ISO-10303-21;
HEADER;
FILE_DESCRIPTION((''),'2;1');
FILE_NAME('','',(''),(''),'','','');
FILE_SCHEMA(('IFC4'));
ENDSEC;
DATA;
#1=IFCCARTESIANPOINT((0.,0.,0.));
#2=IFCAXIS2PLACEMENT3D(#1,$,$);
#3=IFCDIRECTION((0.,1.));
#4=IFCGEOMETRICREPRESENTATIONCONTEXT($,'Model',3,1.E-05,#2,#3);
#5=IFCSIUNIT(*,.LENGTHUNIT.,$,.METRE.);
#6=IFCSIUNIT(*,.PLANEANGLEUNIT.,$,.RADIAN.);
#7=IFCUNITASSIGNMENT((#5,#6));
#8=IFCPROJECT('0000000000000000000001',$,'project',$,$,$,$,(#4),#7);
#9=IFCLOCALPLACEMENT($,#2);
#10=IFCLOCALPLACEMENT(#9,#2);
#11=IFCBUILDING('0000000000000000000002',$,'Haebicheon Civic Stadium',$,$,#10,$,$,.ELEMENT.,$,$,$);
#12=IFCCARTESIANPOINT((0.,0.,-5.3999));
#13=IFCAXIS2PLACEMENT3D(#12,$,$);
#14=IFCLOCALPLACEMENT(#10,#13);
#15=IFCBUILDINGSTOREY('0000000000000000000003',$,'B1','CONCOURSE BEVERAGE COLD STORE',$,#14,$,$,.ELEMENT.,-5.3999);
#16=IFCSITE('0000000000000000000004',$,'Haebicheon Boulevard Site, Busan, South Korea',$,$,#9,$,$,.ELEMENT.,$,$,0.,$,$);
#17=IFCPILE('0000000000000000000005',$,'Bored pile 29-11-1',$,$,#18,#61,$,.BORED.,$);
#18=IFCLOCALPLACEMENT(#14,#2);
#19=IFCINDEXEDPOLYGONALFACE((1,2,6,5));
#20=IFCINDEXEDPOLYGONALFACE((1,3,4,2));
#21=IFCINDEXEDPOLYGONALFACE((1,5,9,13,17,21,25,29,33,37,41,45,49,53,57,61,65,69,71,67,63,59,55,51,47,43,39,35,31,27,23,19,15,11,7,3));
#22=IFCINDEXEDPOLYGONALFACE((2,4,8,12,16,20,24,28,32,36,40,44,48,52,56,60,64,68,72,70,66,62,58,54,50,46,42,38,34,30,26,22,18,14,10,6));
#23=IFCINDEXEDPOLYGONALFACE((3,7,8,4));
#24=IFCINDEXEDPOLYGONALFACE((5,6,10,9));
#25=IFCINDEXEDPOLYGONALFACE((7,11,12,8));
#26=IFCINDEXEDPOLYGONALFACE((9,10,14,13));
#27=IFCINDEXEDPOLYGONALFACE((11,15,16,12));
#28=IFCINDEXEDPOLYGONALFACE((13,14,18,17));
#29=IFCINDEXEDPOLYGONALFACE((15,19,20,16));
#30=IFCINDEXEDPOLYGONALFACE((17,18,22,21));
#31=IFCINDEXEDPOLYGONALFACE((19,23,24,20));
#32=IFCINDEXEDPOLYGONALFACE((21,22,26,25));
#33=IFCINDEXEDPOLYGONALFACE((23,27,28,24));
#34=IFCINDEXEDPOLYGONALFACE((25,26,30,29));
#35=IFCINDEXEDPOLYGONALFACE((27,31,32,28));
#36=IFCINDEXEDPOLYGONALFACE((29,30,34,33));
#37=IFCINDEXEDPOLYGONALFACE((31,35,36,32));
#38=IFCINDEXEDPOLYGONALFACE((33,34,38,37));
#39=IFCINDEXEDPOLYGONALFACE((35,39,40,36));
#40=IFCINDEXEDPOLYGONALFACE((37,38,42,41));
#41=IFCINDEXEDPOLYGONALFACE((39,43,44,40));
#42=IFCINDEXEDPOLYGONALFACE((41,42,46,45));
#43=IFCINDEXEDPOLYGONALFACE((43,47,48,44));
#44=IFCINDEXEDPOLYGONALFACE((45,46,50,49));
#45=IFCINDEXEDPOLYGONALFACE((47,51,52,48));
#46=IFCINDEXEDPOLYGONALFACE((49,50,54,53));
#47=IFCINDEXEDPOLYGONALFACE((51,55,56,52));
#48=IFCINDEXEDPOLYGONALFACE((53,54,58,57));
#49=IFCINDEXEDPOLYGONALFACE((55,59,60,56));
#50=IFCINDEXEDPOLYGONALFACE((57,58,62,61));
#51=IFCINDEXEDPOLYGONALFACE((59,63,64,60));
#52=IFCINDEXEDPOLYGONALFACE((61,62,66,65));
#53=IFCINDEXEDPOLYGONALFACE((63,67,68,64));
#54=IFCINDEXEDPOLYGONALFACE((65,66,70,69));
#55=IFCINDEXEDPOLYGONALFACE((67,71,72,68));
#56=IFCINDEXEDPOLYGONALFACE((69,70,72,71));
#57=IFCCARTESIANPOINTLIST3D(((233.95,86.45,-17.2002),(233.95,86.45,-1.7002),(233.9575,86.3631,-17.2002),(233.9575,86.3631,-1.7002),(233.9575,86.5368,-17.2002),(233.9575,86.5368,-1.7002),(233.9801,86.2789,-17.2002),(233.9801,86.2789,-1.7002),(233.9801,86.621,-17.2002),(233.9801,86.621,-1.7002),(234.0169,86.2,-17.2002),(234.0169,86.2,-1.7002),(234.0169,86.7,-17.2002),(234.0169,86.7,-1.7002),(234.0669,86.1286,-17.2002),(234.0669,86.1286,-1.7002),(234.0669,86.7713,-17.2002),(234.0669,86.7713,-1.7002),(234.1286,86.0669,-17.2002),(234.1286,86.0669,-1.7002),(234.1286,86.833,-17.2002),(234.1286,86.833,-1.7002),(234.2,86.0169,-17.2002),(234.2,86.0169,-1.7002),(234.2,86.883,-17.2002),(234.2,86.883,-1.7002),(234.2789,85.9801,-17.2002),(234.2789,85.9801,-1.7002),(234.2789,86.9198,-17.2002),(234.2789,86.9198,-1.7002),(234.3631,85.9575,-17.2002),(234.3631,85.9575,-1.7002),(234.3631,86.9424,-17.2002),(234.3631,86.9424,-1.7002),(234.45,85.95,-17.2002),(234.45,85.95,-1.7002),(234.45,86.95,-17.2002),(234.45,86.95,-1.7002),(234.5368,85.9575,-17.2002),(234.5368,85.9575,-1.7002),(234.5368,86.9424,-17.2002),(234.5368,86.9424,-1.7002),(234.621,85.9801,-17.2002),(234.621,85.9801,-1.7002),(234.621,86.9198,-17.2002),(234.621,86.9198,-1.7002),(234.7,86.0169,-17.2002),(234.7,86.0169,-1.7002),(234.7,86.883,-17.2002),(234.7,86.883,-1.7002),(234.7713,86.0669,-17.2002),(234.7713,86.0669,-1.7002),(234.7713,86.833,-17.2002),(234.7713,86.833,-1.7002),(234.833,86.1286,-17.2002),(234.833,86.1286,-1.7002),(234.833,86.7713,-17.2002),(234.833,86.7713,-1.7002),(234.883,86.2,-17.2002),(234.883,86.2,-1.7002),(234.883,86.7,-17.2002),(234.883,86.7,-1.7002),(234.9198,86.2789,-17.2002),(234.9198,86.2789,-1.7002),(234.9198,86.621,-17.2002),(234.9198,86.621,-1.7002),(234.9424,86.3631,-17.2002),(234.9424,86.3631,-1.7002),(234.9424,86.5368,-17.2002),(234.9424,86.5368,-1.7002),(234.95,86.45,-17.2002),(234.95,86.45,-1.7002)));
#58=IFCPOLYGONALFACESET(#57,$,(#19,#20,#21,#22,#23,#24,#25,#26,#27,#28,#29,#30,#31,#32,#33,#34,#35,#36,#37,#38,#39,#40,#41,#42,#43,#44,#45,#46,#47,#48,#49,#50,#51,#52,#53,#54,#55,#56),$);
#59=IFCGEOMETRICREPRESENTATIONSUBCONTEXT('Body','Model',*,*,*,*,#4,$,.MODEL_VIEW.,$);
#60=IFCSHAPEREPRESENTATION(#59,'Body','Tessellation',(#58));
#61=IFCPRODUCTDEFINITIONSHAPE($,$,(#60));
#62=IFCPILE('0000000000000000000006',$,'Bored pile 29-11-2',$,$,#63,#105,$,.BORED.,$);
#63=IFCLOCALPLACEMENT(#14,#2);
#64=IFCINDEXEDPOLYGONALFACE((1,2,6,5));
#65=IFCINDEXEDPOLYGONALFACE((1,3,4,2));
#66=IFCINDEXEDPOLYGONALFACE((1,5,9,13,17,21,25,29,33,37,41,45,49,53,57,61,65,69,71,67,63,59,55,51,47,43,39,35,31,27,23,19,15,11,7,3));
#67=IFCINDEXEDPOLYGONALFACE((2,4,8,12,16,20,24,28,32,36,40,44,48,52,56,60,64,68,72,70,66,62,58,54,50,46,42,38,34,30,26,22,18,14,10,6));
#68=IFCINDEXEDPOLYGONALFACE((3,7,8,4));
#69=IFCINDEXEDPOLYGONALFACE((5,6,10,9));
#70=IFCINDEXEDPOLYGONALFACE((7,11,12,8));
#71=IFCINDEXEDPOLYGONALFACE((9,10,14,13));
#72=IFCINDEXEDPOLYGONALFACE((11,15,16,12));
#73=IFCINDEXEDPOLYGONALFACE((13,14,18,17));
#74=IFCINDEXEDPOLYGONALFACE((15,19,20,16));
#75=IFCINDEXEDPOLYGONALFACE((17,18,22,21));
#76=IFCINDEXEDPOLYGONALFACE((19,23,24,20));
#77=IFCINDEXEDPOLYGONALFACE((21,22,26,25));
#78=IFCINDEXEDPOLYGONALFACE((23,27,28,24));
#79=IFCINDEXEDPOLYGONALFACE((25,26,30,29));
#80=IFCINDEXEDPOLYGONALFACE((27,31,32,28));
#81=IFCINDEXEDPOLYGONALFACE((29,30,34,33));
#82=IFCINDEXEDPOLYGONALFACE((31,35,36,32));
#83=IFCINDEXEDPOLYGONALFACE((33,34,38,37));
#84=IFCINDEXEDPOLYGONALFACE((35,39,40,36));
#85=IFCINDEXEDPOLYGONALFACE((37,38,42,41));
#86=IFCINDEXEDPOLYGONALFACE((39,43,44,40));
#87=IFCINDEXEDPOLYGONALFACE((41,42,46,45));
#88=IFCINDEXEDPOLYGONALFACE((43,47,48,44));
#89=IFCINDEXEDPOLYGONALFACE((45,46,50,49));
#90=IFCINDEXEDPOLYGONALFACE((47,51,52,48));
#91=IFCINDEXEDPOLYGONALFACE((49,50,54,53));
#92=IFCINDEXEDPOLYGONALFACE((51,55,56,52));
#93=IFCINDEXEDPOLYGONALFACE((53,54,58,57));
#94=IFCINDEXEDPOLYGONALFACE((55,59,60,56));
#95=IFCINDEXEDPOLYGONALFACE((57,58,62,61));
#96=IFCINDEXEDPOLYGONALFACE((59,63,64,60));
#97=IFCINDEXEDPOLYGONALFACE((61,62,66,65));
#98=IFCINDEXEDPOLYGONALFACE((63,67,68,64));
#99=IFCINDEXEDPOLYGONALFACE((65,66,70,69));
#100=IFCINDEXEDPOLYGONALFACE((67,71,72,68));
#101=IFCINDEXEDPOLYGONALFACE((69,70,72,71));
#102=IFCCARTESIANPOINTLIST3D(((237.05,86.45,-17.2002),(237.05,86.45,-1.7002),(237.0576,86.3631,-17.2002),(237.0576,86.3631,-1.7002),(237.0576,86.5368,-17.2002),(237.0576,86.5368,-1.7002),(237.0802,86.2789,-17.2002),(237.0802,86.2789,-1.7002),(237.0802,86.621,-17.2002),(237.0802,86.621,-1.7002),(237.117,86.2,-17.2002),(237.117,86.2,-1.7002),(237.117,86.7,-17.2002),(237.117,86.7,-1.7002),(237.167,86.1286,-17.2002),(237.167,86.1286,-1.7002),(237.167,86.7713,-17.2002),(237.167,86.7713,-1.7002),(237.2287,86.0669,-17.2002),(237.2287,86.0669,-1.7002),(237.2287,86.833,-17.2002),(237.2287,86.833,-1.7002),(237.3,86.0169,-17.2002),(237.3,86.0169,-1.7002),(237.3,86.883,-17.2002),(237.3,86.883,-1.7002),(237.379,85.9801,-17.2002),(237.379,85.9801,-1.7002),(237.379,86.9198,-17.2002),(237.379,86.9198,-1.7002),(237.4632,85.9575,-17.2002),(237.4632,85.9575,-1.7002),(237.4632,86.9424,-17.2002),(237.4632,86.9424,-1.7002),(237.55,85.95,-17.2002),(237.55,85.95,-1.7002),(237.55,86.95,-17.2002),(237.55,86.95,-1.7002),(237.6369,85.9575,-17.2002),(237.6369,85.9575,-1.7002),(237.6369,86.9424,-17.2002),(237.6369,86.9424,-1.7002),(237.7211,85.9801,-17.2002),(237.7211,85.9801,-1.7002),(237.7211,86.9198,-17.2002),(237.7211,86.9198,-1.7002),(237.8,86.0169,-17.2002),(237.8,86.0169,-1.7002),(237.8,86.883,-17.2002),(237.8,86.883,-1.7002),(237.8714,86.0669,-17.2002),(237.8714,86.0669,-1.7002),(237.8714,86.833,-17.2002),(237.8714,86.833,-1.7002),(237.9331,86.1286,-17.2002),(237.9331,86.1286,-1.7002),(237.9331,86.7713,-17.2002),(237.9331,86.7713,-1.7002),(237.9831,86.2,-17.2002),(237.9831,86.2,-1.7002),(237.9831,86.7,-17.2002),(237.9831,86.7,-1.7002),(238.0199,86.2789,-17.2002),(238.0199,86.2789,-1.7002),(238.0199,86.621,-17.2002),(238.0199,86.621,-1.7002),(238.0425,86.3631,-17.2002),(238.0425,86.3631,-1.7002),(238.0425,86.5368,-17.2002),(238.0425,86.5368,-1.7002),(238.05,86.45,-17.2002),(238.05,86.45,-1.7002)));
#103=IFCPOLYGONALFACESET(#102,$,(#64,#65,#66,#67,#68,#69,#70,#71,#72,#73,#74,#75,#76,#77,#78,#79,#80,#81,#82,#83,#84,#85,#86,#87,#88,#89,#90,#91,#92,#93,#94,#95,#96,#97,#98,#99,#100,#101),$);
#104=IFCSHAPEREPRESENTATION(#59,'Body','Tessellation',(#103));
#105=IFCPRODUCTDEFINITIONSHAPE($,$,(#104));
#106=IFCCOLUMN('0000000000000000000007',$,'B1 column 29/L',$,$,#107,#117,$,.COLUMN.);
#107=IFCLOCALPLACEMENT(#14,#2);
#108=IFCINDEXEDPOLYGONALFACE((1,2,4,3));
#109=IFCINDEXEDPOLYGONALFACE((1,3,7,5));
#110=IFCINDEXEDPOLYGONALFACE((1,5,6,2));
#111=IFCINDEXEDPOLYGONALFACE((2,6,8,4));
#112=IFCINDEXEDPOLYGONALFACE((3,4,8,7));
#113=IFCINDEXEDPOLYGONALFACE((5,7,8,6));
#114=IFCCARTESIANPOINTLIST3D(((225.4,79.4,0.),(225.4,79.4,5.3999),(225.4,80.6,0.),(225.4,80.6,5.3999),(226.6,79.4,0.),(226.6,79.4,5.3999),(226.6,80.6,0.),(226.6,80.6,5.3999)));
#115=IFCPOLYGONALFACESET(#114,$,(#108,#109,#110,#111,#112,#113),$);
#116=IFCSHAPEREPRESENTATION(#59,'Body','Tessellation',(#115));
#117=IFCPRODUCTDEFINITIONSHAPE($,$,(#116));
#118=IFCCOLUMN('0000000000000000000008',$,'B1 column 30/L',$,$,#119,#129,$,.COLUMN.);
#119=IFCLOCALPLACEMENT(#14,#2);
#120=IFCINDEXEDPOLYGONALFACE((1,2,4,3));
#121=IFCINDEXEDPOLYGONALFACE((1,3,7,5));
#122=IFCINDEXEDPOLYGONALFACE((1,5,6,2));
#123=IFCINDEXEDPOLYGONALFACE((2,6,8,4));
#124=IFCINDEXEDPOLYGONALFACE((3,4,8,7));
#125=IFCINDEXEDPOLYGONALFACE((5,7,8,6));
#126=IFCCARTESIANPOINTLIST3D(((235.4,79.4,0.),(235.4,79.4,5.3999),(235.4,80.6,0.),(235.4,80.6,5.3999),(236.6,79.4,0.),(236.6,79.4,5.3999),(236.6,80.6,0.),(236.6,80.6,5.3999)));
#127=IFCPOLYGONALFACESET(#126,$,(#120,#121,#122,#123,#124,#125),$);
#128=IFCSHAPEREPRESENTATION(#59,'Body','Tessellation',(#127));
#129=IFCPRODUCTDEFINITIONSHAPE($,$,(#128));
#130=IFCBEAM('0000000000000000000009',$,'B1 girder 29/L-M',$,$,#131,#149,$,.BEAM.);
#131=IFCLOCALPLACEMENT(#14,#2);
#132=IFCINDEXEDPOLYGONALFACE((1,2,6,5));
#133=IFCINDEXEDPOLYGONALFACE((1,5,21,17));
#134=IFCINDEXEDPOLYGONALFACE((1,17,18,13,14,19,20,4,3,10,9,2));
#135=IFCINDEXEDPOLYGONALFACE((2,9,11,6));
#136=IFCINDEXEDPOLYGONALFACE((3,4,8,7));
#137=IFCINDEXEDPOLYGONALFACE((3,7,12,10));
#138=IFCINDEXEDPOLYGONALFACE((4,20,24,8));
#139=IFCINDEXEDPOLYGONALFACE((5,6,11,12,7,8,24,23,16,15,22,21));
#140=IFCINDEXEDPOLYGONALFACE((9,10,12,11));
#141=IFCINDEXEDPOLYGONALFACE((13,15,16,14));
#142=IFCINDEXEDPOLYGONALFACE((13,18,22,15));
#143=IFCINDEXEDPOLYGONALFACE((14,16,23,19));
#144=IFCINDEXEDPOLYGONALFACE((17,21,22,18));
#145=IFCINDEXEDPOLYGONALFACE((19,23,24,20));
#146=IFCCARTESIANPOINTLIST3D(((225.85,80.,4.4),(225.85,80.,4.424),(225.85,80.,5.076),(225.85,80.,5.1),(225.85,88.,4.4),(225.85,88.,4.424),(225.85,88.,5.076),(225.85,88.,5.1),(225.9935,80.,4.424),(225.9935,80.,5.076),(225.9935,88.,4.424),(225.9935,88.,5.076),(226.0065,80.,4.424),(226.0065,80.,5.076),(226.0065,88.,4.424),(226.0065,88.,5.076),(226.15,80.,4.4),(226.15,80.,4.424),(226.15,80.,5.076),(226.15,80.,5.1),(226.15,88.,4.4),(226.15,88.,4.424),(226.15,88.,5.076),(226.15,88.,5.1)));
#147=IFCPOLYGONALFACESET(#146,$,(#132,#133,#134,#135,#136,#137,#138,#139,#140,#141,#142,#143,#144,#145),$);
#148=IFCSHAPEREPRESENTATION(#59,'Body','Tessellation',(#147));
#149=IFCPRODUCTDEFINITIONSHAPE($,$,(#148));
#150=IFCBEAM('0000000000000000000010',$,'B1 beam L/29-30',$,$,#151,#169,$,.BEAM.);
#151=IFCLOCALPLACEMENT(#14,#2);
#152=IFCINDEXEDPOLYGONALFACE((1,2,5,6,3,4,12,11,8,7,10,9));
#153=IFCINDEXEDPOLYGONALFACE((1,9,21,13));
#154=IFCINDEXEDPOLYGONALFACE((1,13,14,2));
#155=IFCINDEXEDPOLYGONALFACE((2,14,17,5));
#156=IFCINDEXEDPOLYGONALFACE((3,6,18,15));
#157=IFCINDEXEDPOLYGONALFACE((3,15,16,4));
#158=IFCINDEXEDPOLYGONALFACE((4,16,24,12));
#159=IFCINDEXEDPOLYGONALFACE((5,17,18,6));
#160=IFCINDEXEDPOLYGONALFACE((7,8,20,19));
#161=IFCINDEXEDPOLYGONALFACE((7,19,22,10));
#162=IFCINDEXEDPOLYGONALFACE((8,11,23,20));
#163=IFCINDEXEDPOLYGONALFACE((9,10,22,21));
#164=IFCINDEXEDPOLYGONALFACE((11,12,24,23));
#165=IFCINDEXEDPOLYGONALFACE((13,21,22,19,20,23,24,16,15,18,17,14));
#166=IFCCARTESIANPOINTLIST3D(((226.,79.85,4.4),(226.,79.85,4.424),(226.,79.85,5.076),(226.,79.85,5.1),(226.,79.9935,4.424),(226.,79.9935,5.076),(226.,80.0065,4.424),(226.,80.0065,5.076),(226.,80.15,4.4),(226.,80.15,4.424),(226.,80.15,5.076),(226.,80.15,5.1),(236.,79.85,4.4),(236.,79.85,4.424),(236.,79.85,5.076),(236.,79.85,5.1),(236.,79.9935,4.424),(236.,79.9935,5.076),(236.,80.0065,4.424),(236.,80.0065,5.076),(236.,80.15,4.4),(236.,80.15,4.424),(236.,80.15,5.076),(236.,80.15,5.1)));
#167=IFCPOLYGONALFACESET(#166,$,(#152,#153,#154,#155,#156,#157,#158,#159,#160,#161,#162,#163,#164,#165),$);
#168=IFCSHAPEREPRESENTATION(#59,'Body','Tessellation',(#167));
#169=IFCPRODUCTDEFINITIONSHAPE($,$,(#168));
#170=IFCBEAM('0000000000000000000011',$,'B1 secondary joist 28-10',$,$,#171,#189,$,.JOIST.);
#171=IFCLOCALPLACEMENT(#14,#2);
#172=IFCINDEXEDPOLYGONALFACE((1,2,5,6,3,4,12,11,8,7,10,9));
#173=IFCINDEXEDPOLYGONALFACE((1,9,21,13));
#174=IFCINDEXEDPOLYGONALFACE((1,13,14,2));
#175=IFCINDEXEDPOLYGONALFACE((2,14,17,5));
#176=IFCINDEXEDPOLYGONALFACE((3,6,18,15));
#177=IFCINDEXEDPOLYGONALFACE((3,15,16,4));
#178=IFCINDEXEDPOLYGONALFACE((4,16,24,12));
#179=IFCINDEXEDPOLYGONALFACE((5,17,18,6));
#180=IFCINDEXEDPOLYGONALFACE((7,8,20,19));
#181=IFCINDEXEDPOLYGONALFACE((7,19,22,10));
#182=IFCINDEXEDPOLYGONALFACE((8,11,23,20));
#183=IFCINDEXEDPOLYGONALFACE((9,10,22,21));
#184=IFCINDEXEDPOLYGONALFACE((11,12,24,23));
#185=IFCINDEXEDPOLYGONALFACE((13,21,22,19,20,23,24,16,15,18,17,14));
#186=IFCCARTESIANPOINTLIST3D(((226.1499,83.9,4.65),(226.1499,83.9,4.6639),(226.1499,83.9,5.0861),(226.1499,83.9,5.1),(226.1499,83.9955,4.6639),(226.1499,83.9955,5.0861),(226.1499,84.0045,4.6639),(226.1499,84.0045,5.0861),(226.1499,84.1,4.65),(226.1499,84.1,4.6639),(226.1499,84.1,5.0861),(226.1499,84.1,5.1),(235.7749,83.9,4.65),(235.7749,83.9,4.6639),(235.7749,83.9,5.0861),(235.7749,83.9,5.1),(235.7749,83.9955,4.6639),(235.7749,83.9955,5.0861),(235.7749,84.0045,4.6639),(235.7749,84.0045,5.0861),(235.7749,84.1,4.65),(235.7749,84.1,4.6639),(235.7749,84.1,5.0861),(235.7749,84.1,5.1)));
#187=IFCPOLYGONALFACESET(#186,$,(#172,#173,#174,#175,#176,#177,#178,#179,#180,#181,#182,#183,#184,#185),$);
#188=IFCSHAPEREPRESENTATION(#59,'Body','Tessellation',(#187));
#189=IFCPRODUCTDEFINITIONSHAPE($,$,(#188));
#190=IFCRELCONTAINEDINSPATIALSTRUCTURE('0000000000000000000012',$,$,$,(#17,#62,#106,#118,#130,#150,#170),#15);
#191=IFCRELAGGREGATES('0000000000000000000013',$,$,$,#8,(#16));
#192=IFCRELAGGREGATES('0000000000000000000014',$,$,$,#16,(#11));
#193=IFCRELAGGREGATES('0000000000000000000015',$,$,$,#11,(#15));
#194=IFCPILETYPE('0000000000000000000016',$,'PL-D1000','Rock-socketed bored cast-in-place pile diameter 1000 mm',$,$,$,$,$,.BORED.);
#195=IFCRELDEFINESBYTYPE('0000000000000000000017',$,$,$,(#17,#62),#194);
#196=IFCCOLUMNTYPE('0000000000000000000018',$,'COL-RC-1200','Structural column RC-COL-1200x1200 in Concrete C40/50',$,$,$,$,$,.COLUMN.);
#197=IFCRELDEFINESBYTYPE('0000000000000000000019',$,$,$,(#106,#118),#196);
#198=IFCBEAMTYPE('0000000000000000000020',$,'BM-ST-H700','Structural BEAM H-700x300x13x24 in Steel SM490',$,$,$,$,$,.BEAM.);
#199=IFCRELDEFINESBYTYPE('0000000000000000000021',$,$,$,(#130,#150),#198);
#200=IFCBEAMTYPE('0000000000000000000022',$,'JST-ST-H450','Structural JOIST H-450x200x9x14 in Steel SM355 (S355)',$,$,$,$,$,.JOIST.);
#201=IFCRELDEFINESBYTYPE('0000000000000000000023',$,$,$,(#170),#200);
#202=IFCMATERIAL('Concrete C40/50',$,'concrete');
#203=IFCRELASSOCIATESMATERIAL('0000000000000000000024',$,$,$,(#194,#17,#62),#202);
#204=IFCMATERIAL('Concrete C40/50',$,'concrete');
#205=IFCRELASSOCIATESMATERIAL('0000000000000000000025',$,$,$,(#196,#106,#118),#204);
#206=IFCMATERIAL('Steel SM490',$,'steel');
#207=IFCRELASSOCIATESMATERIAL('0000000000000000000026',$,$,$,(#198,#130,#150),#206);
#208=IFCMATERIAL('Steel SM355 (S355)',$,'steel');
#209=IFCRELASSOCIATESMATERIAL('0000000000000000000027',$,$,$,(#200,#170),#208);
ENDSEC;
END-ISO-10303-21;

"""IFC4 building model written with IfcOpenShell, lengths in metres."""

from ifc_helpers import new_model, si_unit, direction, frame, origin, origin_2d, place, context, subcontext, project, spatial, rectangle, circle, i_section, extrude, material, material_profile, profile_set, type_object, element, save


model = new_model("IFC4")

# Units and contexts
model_context = context("Model", 3, precision=1e-05, world=origin(), true_north=direction((0.0, 1.0)))
body_context = subcontext(model_context, "Body", "Model", "MODEL_VIEW")
ifc_project = project(units=[si_unit("LENGTHUNIT", "METRE"), si_unit("PLANEANGLEUNIT", "RADIAN")], contexts=[model_context])

# Site, building, storey
site_placement = place(None, origin())
site = spatial("IfcSite", under=ifc_project, at=site_placement, Name="Haebicheon Boulevard Site, Busan, South Korea", CompositionType="ELEMENT", RefElevation=0.0)
building_placement = place(site_placement, origin())
building = spatial("IfcBuilding", under=site, at=building_placement, Name="Haebicheon Civic Stadium", CompositionType="ELEMENT")
storey_placement = place(building_placement, frame((0.0, 0.0, -5.3999)))
storey = spatial("IfcBuildingStorey", under=building, at=storey_placement, Name="B1", Description="CONCOURSE BEVERAGE COLD STORE", CompositionType="ELEMENT", Elevation=-5.3999)

# Piles
ifc_material_1 = material(Name="Concrete C40/50", Category="concrete")
ifc_material_profile_1 = material_profile(ifc_material_1, circle(Radius=0.5, at=origin_2d()), Name="PILE-D1000")
ifc_profile_set_1 = profile_set([ifc_material_profile_1], Name="Concrete C40/50")
pile_type = type_object("IfcPileType", Name="PL-D1000", Description="Rock-socketed bored cast-in-place pile diameter 1000 mm", PredefinedType="BORED", material=ifc_profile_set_1)
for number, where, z_axis, x_axis, name in (
    (1, (234.45, 86.45, -1.7002), (0.0, 0.0, -1.0), (1.0, 0.0, 0.0), "Bored pile 29-11-1"),
    (2, (237.55, 86.45, -1.7002), (0.0, 0.0, -1.0), (1.0, 0.0, 0.0), "Bored pile 29-11-2"),
):
    element("IfcPile", number, at=place(storey_placement, frame(where, z_axis=z_axis, x_axis=x_axis)), inside=storey, type_object=pile_type, material=ifc_profile_set_1, Name=name, PredefinedType="BORED", context=body_context, shape_type="SweptSolid", body=[
        extrude(circle(Radius=0.5, at=origin_2d()), origin(), (0.0, 0.0, 1.0), 15.5),
    ])

# Columns
ifc_material_2 = material(Name="Concrete C40/50", Category="concrete")
ifc_material_profile_2 = material_profile(ifc_material_2, rectangle(XDim=1.2, YDim=1.2, at=origin_2d()), Name="RC-COL-1200x1200")
ifc_profile_set_2 = profile_set([ifc_material_profile_2], Name="Concrete C40/50")
column_type = type_object("IfcColumnType", Name="COL-RC-1200", Description="Structural column RC-COL-1200x1200 in Concrete C40/50", PredefinedType="COLUMN", material=ifc_profile_set_2)
for number, where, z_axis, x_axis, name in (
    (3, (226.0, 80.0, 0.0), (0.0, 0.0, 1.0), (1.0, 0.0, 0.0), "B1 column 29/L"),
    (4, (236.0, 80.0, 0.0), (0.0, 0.0, 1.0), (1.0, 0.0, 0.0), "B1 column 30/L"),
):
    element("IfcColumn", number, at=place(storey_placement, frame(where, z_axis=z_axis, x_axis=x_axis)), inside=storey, type_object=column_type, material=ifc_profile_set_2, Name=name, PredefinedType="COLUMN", context=body_context, shape_type="SweptSolid", body=[
        extrude(rectangle(XDim=1.2, YDim=1.2, at=origin_2d()), origin(), (0.0, 0.0, 1.0), 5.3999),
    ])

# Beams
ifc_material_3 = material(Name="Steel SM490", Category="steel")
ifc_material_profile_3 = material_profile(ifc_material_3, i_section(OverallWidth=0.3, OverallDepth=0.7, WebThickness=0.0129, FlangeThickness=0.0239, at=origin_2d()), Name="H-700x300x13x24")
ifc_profile_set_3 = profile_set([ifc_material_profile_3], Name="Steel SM490")
beam_type_1 = type_object("IfcBeamType", Name="BM-ST-H700", Description="Structural BEAM H-700x300x13x24 in Steel SM490", PredefinedType="BEAM", material=ifc_profile_set_3)
beam_1_placement = place(storey_placement, frame((226.0, 80.0, 4.75), z_axis=(0.0, 1.0, 0.0), x_axis=(-1.0, 0.0, 0.0)))
element("IfcBeam", 5, at=beam_1_placement, inside=storey, type_object=beam_type_1, material=ifc_profile_set_3, Name="B1 girder 29/L-M", PredefinedType="BEAM", context=body_context, shape_type="SweptSolid", body=[
    extrude(i_section(OverallWidth=0.3, OverallDepth=0.7, WebThickness=0.0129, FlangeThickness=0.0239, at=origin_2d()), origin(), (0.0, 0.0, 1.0), 8.0),
])
beam_2_placement = place(storey_placement, frame((226.0, 80.0, 4.75), z_axis=(1.0, 0.0, 0.0), x_axis=(0.0, 1.0, 0.0)))
element("IfcBeam", 6, at=beam_2_placement, inside=storey, type_object=beam_type_1, material=ifc_profile_set_3, Name="B1 beam L/29-30", PredefinedType="BEAM", context=body_context, shape_type="SweptSolid", body=[
    extrude(i_section(OverallWidth=0.3, OverallDepth=0.7, WebThickness=0.0129, FlangeThickness=0.0239, at=origin_2d()), origin(), (0.0, 0.0, 1.0), 10.0),
])
ifc_material_4 = material(Name="Steel SM355 (S355)", Category="steel")
ifc_material_profile_4 = material_profile(ifc_material_4, i_section(OverallWidth=0.2, OverallDepth=0.45, WebThickness=0.009, FlangeThickness=0.0139, at=origin_2d()), Name="H-450x200x9x14")
ifc_profile_set_4 = profile_set([ifc_material_profile_4], Name="Steel SM355 (S355)")
beam_type_2 = type_object("IfcBeamType", Name="JST-ST-H450", Description="Structural JOIST H-450x200x9x14 in Steel SM355 (S355)", PredefinedType="JOIST", material=ifc_profile_set_4)
beam_3_placement = place(storey_placement, frame((226.1499, 84.0, 4.875), z_axis=(1.0, 0.0, 0.0), x_axis=(0.0, 1.0, 0.0)))
element("IfcBeam", 7, at=beam_3_placement, inside=storey, type_object=beam_type_2, material=ifc_profile_set_4, Name="B1 secondary joist 28-10", PredefinedType="JOIST", context=body_context, shape_type="SweptSolid", body=[
    extrude(i_section(OverallWidth=0.2, OverallDepth=0.45, WebThickness=0.009, FlangeThickness=0.0139, at=origin_2d()), origin(), (0.0, 0.0, 1.0), 9.625),
])

save(model, "model.ifc")
